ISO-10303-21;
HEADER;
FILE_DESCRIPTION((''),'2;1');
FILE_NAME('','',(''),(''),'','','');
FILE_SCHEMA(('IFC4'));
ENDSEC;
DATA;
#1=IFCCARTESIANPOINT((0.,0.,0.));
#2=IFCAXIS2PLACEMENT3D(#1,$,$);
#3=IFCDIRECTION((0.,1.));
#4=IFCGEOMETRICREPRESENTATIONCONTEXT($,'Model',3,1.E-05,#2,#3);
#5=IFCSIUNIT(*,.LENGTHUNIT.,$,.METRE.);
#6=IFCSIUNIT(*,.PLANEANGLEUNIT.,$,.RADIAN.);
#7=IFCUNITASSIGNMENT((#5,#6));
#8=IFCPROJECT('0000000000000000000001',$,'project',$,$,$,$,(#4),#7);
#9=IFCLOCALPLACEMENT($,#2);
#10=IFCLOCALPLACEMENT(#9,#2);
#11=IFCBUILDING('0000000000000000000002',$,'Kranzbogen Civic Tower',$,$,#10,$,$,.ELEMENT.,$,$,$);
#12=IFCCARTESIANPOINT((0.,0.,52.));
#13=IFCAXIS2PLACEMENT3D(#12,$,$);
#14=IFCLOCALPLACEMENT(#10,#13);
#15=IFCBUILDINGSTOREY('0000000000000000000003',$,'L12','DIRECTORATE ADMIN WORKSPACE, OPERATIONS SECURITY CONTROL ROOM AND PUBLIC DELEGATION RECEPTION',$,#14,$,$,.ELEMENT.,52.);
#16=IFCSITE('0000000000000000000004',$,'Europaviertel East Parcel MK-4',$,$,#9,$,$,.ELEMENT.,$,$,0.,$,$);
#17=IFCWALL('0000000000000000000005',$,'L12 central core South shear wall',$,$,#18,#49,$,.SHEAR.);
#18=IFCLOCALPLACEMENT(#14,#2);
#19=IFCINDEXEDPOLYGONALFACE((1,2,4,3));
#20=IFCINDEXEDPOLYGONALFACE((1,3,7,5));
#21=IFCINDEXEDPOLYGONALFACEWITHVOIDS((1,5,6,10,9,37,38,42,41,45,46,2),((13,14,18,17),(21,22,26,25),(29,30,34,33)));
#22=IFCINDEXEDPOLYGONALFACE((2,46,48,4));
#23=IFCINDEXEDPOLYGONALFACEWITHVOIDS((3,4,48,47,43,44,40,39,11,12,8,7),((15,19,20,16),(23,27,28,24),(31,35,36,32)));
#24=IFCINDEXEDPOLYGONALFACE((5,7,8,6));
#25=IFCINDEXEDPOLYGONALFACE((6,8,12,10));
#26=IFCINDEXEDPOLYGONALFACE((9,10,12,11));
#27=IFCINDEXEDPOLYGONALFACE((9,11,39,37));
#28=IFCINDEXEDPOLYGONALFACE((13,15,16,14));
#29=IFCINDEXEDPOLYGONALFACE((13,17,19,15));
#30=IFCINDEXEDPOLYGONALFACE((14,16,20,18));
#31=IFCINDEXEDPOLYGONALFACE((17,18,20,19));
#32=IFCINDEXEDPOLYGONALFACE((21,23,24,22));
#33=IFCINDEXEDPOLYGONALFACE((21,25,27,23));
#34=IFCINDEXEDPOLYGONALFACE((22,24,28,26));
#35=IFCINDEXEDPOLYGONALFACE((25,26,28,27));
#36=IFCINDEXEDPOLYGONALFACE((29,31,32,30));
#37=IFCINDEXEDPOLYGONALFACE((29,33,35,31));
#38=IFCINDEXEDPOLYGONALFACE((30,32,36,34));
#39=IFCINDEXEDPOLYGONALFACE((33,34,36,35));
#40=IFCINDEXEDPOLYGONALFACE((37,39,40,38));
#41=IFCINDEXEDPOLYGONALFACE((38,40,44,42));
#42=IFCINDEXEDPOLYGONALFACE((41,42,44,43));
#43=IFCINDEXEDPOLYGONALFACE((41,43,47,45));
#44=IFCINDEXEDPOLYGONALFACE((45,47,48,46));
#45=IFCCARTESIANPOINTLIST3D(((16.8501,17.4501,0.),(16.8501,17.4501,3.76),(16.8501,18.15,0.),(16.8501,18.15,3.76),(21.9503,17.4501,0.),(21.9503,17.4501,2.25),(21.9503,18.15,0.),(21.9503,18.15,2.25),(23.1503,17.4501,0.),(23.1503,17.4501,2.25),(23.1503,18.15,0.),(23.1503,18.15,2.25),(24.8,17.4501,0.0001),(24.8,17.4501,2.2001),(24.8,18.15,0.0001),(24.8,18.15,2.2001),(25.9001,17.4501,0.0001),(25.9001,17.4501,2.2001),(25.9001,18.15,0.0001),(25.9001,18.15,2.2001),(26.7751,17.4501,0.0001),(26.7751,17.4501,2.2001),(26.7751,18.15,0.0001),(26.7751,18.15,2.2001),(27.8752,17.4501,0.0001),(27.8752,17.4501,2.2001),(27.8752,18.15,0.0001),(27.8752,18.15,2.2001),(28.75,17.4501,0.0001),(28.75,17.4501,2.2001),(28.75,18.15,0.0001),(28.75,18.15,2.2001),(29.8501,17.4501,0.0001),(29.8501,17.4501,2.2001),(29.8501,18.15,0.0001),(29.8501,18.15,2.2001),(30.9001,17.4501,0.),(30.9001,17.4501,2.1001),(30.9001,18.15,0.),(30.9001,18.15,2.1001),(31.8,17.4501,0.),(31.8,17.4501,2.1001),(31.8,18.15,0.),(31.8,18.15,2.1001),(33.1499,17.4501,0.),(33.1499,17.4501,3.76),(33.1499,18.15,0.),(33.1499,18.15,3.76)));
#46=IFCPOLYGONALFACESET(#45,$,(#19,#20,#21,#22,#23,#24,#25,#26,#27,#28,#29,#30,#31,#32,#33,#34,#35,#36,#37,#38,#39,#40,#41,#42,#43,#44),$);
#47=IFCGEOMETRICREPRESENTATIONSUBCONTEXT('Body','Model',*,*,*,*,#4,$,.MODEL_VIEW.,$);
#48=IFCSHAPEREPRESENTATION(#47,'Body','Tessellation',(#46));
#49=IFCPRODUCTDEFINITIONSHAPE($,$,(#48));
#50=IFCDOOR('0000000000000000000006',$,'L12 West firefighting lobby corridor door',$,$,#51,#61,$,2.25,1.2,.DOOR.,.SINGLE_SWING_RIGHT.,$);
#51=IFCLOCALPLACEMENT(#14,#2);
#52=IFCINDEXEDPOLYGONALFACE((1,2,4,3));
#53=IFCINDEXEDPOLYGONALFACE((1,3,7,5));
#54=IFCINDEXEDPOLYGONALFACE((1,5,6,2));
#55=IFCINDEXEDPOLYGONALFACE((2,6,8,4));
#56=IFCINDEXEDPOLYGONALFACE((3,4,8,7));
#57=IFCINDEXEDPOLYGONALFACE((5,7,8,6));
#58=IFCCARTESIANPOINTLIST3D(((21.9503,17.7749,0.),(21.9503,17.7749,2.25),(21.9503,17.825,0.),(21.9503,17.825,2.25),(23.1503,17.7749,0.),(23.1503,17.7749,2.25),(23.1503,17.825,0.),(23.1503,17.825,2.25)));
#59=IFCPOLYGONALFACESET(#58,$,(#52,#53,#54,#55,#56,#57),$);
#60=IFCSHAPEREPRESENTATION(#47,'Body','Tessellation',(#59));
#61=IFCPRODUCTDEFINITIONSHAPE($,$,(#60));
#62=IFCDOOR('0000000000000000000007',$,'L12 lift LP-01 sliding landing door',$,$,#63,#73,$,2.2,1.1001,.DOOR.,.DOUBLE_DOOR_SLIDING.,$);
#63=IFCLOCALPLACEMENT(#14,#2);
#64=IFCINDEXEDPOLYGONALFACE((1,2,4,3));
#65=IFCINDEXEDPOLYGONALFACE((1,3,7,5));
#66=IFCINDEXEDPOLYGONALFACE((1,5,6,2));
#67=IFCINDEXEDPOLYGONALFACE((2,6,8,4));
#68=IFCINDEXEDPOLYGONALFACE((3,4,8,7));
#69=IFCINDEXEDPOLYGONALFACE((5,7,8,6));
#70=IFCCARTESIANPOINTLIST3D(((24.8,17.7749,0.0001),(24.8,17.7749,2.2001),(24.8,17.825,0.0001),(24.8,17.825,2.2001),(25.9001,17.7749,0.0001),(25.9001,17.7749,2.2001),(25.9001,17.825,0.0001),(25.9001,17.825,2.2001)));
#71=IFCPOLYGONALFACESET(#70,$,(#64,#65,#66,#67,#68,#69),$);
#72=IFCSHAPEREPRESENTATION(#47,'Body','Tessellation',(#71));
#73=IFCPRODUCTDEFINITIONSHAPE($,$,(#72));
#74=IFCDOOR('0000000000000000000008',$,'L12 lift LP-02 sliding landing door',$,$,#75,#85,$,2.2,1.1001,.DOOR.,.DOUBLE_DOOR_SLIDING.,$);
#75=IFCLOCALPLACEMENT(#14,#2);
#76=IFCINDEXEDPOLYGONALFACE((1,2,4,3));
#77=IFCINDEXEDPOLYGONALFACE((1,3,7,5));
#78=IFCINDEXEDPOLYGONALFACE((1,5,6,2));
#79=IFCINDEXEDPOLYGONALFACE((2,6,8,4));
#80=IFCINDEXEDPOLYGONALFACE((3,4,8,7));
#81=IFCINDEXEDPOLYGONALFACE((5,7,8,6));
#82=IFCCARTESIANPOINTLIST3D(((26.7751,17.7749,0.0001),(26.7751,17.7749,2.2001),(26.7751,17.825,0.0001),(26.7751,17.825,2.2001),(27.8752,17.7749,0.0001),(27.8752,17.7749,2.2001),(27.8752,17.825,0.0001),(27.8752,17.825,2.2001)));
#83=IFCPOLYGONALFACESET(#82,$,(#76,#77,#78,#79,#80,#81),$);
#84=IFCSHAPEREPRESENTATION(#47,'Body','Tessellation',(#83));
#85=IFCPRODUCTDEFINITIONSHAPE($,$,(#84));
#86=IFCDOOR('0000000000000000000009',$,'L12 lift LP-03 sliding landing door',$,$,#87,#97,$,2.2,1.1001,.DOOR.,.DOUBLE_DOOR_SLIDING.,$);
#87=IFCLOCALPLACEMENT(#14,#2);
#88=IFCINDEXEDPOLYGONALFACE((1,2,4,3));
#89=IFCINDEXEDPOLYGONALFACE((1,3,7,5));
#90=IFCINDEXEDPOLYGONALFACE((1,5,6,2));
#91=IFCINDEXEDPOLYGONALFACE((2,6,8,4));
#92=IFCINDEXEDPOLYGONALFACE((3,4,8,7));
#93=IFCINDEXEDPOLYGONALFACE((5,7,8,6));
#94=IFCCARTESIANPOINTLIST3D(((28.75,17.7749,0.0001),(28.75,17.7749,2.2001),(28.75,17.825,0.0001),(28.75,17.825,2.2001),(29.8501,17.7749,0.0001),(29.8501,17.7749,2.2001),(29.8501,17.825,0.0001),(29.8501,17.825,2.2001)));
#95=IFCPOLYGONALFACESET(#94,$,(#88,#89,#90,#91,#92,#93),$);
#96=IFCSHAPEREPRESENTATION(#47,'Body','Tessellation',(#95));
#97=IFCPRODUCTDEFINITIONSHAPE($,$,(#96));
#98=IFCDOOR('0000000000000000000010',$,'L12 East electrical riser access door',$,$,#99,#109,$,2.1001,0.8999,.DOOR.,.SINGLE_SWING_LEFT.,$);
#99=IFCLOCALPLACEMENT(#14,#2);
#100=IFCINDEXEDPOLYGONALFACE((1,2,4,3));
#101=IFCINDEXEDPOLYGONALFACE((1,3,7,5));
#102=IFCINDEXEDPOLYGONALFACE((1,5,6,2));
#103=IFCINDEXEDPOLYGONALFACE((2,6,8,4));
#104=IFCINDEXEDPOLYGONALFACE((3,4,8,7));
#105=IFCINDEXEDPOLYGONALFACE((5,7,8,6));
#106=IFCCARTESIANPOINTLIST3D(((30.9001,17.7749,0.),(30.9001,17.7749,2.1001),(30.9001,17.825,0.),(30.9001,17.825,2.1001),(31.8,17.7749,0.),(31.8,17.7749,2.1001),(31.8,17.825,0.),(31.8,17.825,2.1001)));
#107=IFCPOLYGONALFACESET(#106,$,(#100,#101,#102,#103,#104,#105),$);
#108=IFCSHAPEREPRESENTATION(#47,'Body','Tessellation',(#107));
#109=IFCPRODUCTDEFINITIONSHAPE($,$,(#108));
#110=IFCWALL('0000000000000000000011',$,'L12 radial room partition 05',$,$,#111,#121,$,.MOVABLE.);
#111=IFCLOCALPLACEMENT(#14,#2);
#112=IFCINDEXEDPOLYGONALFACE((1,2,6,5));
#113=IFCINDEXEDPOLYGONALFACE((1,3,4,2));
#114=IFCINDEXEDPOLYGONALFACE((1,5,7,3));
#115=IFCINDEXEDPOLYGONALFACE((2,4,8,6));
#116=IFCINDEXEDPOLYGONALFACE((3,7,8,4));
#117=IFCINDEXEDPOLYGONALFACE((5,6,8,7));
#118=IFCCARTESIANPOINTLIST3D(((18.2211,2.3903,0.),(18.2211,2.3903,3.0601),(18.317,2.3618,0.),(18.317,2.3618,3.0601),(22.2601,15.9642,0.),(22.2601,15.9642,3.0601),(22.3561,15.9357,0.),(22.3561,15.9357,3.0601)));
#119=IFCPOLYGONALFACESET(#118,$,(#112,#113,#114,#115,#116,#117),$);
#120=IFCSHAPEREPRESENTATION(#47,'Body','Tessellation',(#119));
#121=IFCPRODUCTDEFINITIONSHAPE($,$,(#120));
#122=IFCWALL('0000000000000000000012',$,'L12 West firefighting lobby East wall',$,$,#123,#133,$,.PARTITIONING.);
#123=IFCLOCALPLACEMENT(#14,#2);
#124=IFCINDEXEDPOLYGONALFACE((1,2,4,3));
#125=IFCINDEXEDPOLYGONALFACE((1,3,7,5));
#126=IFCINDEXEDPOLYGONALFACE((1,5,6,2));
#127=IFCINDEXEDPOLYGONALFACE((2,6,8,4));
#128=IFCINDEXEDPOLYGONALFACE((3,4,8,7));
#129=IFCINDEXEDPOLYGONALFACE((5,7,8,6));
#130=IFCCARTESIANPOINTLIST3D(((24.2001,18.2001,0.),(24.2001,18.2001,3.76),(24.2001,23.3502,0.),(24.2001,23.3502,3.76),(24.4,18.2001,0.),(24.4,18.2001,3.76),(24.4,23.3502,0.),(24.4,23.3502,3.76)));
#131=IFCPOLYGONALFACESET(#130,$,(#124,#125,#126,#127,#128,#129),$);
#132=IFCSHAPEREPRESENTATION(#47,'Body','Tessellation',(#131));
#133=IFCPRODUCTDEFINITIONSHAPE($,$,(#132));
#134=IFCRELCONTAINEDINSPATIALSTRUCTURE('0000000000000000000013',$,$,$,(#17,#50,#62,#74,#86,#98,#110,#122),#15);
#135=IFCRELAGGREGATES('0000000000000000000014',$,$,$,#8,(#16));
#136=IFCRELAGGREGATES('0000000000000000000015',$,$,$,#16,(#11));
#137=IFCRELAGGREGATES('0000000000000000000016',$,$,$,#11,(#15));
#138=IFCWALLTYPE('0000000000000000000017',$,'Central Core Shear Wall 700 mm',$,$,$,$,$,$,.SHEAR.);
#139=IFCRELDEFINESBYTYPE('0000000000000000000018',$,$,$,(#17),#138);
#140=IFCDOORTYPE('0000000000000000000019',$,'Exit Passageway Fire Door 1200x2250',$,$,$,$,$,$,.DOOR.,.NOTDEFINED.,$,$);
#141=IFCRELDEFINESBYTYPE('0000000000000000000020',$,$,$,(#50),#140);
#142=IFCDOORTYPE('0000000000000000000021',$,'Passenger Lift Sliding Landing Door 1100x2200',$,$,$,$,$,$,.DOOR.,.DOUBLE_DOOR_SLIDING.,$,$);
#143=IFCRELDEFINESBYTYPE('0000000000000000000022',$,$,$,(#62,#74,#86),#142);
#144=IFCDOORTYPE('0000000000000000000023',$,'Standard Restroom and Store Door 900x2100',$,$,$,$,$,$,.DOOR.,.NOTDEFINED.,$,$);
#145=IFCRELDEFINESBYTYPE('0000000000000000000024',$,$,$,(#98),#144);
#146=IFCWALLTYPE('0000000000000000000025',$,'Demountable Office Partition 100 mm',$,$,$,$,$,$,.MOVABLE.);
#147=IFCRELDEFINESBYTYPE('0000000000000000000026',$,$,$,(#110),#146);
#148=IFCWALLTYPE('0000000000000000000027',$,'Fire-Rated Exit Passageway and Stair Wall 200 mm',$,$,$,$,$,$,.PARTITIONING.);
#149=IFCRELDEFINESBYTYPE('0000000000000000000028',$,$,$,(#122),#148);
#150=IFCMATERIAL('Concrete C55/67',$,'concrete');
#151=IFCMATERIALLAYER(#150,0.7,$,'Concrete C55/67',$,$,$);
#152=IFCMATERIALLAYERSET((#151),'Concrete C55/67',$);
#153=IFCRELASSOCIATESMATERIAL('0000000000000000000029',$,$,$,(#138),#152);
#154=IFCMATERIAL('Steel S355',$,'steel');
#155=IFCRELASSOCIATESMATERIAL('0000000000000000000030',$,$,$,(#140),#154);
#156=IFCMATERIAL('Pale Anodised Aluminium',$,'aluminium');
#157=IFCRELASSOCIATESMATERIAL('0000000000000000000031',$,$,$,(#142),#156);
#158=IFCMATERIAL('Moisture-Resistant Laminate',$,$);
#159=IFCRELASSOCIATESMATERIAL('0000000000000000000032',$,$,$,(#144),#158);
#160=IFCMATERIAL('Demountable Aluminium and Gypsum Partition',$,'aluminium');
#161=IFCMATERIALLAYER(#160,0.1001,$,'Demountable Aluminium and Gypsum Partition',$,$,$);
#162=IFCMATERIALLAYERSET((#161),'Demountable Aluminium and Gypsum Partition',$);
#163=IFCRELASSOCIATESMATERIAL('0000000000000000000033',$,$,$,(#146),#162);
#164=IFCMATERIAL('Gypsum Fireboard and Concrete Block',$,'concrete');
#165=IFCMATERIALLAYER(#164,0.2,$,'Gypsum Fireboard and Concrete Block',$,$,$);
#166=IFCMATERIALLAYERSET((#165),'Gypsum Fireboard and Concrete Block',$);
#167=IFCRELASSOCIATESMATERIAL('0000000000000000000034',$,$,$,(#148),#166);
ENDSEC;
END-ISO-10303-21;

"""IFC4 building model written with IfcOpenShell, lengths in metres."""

from ifc_helpers import new_model, si_unit, direction, frame, frame_2d, origin, place, context, subcontext, project, spatial, rectangle, extrude, material, layer, layer_set, type_object, element, fill, save


model = new_model("IFC4")

# Units and contexts
model_context = context("Model", 3, precision=1e-05, world=origin(), true_north=direction((0.0, 1.0)))
body_context = subcontext(model_context, "Body", "Model", "MODEL_VIEW")
ifc_project = project(units=[si_unit("LENGTHUNIT", "METRE"), si_unit("PLANEANGLEUNIT", "RADIAN")], contexts=[model_context])

# Site, building, storey
site_placement = place(None, origin())
site = spatial("IfcSite", under=ifc_project, at=site_placement, Name="Europaviertel East Parcel MK-4", CompositionType="ELEMENT", RefElevation=0.0)
building_placement = place(site_placement, origin())
building = spatial("IfcBuilding", under=site, at=building_placement, Name="Kranzbogen Civic Tower", CompositionType="ELEMENT")
storey_placement = place(building_placement, frame((0.0, 0.0, 52.0)))
storey = spatial("IfcBuildingStorey", under=building, at=storey_placement, Name="L12", Description="DIRECTORATE ADMIN WORKSPACE, OPERATIONS SECURITY CONTROL ROOM AND PUBLIC DELEGATION RECEPTION", CompositionType="ELEMENT", Elevation=52.0)

# Shared definitions
ifc_material_1 = material(Name="Steel S355", Category="steel")

# Shared definitions
ifc_material_2 = material(Name="Pale Anodised Aluminium", Category="aluminium")

# Wall, openings, doors
ifc_material_3 = material(Name="Concrete C55/67", Category="concrete")
ifc_layer_1 = layer(ifc_material_3, 0.7, Name="Concrete C55/67")
ifc_layer_set_1 = layer_set([ifc_layer_1], Name="Concrete C55/67")
wall_type_1 = type_object("IfcWallType", Name="Central Core Shear Wall 700 mm", PredefinedType="SHEAR", material=ifc_layer_set_1)
wall_1_placement = place(storey_placement, frame((16.8501, 17.8, 0.0), z_axis=(0.0, 0.0, 1.0), x_axis=(1.0, 0.0, 0.0)))
wall_1 = element("IfcWall", 1, at=wall_1_placement, inside=storey, type_object=wall_type_1, Name="L12 central core South shear wall", PredefinedType="SHEAR", context=body_context, shape_type="SweptSolid", body=[
    extrude(rectangle(XDim=16.2998, YDim=0.7, at=frame_2d((8.1499, 0.0))), origin(), (0.0, 0.0, 1.0), 3.76),
])
opening_1_placement = place(wall_1_placement, frame((5.1001, 0.0, 0.0)))
opening_1 = element("IfcOpeningElement", 2, at=opening_1_placement, cuts=wall_1, PredefinedType="OPENING", context=body_context, shape_type="SweptSolid", body=[
    extrude(rectangle(XDim=1.2, YDim=2.25, at=frame_2d((0.6001, 1.125))), frame((0.0, 0.3599, 0.0), z_axis=(0.0, -1.0, 0.0), x_axis=(1.0, 0.0, 0.0)), (0.0, 0.0, 1.0), 0.72),
])
opening_2_placement = place(wall_1_placement, frame((14.05, 0.0, 0.0)))
opening_2 = element("IfcOpeningElement", 3, at=opening_2_placement, cuts=wall_1, PredefinedType="OPENING", context=body_context, shape_type="SweptSolid", body=[
    extrude(rectangle(XDim=0.8999, YDim=2.1001, at=frame_2d((0.45, 1.05))), frame((0.0, 0.3599, 0.0), z_axis=(0.0, -1.0, 0.0), x_axis=(1.0, 0.0, 0.0)), (0.0, 0.0, 1.0), 0.72),
])
opening_3_placement = place(wall_1_placement, frame((7.95, 0.0, 0.0)))
opening_3 = element("IfcOpeningElement", 4, at=opening_3_placement, cuts=wall_1, PredefinedType="OPENING", context=body_context, shape_type="SweptSolid", body=[
    extrude(rectangle(XDim=1.1001, YDim=2.2, at=frame_2d((0.55, 1.1001))), frame((0.0, 0.3599, 0.0), z_axis=(0.0, -1.0, 0.0), x_axis=(1.0, 0.0, 0.0)), (0.0, 0.0, 1.0), 0.72),
])
opening_4_placement = place(wall_1_placement, frame((9.925, 0.0, 0.0)))
opening_4 = element("IfcOpeningElement", 5, at=opening_4_placement, cuts=wall_1, PredefinedType="OPENING", context=body_context, shape_type="SweptSolid", body=[
    extrude(rectangle(XDim=1.1001, YDim=2.2, at=frame_2d((0.55, 1.1001))), frame((0.0, 0.3599, 0.0), z_axis=(0.0, -1.0, 0.0), x_axis=(1.0, 0.0, 0.0)), (0.0, 0.0, 1.0), 0.72),
])
opening_5_placement = place(wall_1_placement, frame((11.8999, 0.0, 0.0)))
opening_5 = element("IfcOpeningElement", 6, at=opening_5_placement, cuts=wall_1, PredefinedType="OPENING", context=body_context, shape_type="SweptSolid", body=[
    extrude(rectangle(XDim=1.1001, YDim=2.2, at=frame_2d((0.55, 1.1001))), frame((0.0, 0.3599, 0.0), z_axis=(0.0, -1.0, 0.0), x_axis=(1.0, 0.0, 0.0)), (0.0, 0.0, 1.0), 0.72),
])
door_type_1 = type_object("IfcDoorType", Name="Exit Passageway Fire Door 1200x2250", OperationType="NOTDEFINED", PredefinedType="DOOR", material=ifc_material_1)
door_1_placement = place(opening_1_placement, origin())
door_1 = element("IfcDoor", 7, at=door_1_placement, inside=storey, type_object=door_type_1, Name="L12 West firefighting lobby corridor door", OperationType="SINGLE_SWING_RIGHT", OverallHeight=2.25, OverallWidth=1.2, PredefinedType="DOOR", context=body_context, shape_type="SweptSolid", body=[
    extrude(rectangle(XDim=1.2, YDim=2.25, at=frame_2d((0.6001, 1.125))), frame((0.0, 0.0249, 0.0), z_axis=(0.0, -1.0, 0.0), x_axis=(1.0, 0.0, 0.0)), (0.0, 0.0, 1.0), 0.05),
])
fill(opening_1, door_1)
door_type_2 = type_object("IfcDoorType", Name="Passenger Lift Sliding Landing Door 1100x2200", OperationType="DOUBLE_DOOR_SLIDING", PredefinedType="DOOR", material=ifc_material_2)
door_2_placement = place(opening_3_placement, origin())
door_2 = element("IfcDoor", 8, at=door_2_placement, inside=storey, type_object=door_type_2, Name="L12 lift LP-01 sliding landing door", OperationType="DOUBLE_DOOR_SLIDING", OverallHeight=2.2, OverallWidth=1.1001, PredefinedType="DOOR", context=body_context, shape_type="SweptSolid", body=[
    extrude(rectangle(XDim=1.1001, YDim=2.2, at=frame_2d((0.55, 1.1001))), frame((0.0, 0.0249, 0.0), z_axis=(0.0, -1.0, 0.0), x_axis=(1.0, 0.0, 0.0)), (0.0, 0.0, 1.0), 0.05),
])
fill(opening_3, door_2)
door_3_placement = place(opening_4_placement, origin())
door_3 = element("IfcDoor", 9, at=door_3_placement, inside=storey, type_object=door_type_2, Name="L12 lift LP-02 sliding landing door", OperationType="DOUBLE_DOOR_SLIDING", OverallHeight=2.2, OverallWidth=1.1001, PredefinedType="DOOR", context=body_context, shape_type="SweptSolid", body=[
    extrude(rectangle(XDim=1.1001, YDim=2.2, at=frame_2d((0.55, 1.1001))), frame((0.0, 0.0249, 0.0), z_axis=(0.0, -1.0, 0.0), x_axis=(1.0, 0.0, 0.0)), (0.0, 0.0, 1.0), 0.05),
])
fill(opening_4, door_3)
door_4_placement = place(opening_5_placement, origin())
door_4 = element("IfcDoor", 10, at=door_4_placement, inside=storey, type_object=door_type_2, Name="L12 lift LP-03 sliding landing door", OperationType="DOUBLE_DOOR_SLIDING", OverallHeight=2.2, OverallWidth=1.1001, PredefinedType="DOOR", context=body_context, shape_type="SweptSolid", body=[
    extrude(rectangle(XDim=1.1001, YDim=2.2, at=frame_2d((0.55, 1.1001))), frame((0.0, 0.0249, 0.0), z_axis=(0.0, -1.0, 0.0), x_axis=(1.0, 0.0, 0.0)), (0.0, 0.0, 1.0), 0.05),
])
fill(opening_5, door_4)
ifc_material_4 = material(Name="Moisture-Resistant Laminate")
door_type_3 = type_object("IfcDoorType", Name="Standard Restroom and Store Door 900x2100", OperationType="NOTDEFINED", PredefinedType="DOOR", material=ifc_material_4)
door_5_placement = place(opening_2_placement, origin())
door_5 = element("IfcDoor", 11, at=door_5_placement, inside=storey, type_object=door_type_3, Name="L12 East electrical riser access door", OperationType="SINGLE_SWING_LEFT", OverallHeight=2.1001, OverallWidth=0.8999, PredefinedType="DOOR", context=body_context, shape_type="SweptSolid", body=[
    extrude(rectangle(XDim=0.8999, YDim=2.1001, at=frame_2d((0.45, 1.05))), frame((0.0, 0.0249, 0.0), z_axis=(0.0, -1.0, 0.0), x_axis=(1.0, 0.0, 0.0)), (0.0, 0.0, 1.0), 0.05),
])
fill(opening_2, door_5)

# Walls
ifc_material_5 = material(Name="Demountable Aluminium and Gypsum Partition", Category="aluminium")
ifc_layer_2 = layer(ifc_material_5, 0.1001, Name="Demountable Aluminium and Gypsum Partition")
ifc_layer_set_2 = layer_set([ifc_layer_2], Name="Demountable Aluminium and Gypsum Partition")
wall_type_2 = type_object("IfcWallType", Name="Demountable Office Partition 100 mm", PredefinedType="MOVABLE", material=ifc_layer_set_2)
wall_2_placement = place(storey_placement, frame((22.3081, 15.95, 0.0), z_axis=(0.0, 0.0, 1.0), x_axis=(-0.285201, -0.958468, 0.0)))
element("IfcWall", 12, at=wall_2_placement, inside=storey, type_object=wall_type_2, Name="L12 radial room partition 05", PredefinedType="MOVABLE", context=body_context, shape_type="SweptSolid", body=[
    extrude(rectangle(XDim=14.1621, YDim=0.1001, at=frame_2d((7.0811, 0.0))), origin(), (0.0, 0.0, 1.0), 3.0601),
])
ifc_material_6 = material(Name="Gypsum Fireboard and Concrete Block", Category="concrete")
ifc_layer_3 = layer(ifc_material_6, 0.2, Name="Gypsum Fireboard and Concrete Block")
ifc_layer_set_3 = layer_set([ifc_layer_3], Name="Gypsum Fireboard and Concrete Block")
wall_type_3 = type_object("IfcWallType", Name="Fire-Rated Exit Passageway and Stair Wall 200 mm", PredefinedType="PARTITIONING", material=ifc_layer_set_3)
wall_3_placement = place(storey_placement, frame((24.3, 18.2, 0.0), z_axis=(0.0, 0.0, 1.0), x_axis=(0.0, 1.0, 0.0)))
element("IfcWall", 13, at=wall_3_placement, inside=storey, type_object=wall_type_3, Name="L12 West firefighting lobby East wall", PredefinedType="PARTITIONING", context=body_context, shape_type="SweptSolid", body=[
    extrude(rectangle(XDim=5.1501, YDim=0.2, at=frame_2d((2.5752, 0.0))), origin(), (0.0, 0.0, 1.0), 3.76),
])

save(model, "model.ifc")
